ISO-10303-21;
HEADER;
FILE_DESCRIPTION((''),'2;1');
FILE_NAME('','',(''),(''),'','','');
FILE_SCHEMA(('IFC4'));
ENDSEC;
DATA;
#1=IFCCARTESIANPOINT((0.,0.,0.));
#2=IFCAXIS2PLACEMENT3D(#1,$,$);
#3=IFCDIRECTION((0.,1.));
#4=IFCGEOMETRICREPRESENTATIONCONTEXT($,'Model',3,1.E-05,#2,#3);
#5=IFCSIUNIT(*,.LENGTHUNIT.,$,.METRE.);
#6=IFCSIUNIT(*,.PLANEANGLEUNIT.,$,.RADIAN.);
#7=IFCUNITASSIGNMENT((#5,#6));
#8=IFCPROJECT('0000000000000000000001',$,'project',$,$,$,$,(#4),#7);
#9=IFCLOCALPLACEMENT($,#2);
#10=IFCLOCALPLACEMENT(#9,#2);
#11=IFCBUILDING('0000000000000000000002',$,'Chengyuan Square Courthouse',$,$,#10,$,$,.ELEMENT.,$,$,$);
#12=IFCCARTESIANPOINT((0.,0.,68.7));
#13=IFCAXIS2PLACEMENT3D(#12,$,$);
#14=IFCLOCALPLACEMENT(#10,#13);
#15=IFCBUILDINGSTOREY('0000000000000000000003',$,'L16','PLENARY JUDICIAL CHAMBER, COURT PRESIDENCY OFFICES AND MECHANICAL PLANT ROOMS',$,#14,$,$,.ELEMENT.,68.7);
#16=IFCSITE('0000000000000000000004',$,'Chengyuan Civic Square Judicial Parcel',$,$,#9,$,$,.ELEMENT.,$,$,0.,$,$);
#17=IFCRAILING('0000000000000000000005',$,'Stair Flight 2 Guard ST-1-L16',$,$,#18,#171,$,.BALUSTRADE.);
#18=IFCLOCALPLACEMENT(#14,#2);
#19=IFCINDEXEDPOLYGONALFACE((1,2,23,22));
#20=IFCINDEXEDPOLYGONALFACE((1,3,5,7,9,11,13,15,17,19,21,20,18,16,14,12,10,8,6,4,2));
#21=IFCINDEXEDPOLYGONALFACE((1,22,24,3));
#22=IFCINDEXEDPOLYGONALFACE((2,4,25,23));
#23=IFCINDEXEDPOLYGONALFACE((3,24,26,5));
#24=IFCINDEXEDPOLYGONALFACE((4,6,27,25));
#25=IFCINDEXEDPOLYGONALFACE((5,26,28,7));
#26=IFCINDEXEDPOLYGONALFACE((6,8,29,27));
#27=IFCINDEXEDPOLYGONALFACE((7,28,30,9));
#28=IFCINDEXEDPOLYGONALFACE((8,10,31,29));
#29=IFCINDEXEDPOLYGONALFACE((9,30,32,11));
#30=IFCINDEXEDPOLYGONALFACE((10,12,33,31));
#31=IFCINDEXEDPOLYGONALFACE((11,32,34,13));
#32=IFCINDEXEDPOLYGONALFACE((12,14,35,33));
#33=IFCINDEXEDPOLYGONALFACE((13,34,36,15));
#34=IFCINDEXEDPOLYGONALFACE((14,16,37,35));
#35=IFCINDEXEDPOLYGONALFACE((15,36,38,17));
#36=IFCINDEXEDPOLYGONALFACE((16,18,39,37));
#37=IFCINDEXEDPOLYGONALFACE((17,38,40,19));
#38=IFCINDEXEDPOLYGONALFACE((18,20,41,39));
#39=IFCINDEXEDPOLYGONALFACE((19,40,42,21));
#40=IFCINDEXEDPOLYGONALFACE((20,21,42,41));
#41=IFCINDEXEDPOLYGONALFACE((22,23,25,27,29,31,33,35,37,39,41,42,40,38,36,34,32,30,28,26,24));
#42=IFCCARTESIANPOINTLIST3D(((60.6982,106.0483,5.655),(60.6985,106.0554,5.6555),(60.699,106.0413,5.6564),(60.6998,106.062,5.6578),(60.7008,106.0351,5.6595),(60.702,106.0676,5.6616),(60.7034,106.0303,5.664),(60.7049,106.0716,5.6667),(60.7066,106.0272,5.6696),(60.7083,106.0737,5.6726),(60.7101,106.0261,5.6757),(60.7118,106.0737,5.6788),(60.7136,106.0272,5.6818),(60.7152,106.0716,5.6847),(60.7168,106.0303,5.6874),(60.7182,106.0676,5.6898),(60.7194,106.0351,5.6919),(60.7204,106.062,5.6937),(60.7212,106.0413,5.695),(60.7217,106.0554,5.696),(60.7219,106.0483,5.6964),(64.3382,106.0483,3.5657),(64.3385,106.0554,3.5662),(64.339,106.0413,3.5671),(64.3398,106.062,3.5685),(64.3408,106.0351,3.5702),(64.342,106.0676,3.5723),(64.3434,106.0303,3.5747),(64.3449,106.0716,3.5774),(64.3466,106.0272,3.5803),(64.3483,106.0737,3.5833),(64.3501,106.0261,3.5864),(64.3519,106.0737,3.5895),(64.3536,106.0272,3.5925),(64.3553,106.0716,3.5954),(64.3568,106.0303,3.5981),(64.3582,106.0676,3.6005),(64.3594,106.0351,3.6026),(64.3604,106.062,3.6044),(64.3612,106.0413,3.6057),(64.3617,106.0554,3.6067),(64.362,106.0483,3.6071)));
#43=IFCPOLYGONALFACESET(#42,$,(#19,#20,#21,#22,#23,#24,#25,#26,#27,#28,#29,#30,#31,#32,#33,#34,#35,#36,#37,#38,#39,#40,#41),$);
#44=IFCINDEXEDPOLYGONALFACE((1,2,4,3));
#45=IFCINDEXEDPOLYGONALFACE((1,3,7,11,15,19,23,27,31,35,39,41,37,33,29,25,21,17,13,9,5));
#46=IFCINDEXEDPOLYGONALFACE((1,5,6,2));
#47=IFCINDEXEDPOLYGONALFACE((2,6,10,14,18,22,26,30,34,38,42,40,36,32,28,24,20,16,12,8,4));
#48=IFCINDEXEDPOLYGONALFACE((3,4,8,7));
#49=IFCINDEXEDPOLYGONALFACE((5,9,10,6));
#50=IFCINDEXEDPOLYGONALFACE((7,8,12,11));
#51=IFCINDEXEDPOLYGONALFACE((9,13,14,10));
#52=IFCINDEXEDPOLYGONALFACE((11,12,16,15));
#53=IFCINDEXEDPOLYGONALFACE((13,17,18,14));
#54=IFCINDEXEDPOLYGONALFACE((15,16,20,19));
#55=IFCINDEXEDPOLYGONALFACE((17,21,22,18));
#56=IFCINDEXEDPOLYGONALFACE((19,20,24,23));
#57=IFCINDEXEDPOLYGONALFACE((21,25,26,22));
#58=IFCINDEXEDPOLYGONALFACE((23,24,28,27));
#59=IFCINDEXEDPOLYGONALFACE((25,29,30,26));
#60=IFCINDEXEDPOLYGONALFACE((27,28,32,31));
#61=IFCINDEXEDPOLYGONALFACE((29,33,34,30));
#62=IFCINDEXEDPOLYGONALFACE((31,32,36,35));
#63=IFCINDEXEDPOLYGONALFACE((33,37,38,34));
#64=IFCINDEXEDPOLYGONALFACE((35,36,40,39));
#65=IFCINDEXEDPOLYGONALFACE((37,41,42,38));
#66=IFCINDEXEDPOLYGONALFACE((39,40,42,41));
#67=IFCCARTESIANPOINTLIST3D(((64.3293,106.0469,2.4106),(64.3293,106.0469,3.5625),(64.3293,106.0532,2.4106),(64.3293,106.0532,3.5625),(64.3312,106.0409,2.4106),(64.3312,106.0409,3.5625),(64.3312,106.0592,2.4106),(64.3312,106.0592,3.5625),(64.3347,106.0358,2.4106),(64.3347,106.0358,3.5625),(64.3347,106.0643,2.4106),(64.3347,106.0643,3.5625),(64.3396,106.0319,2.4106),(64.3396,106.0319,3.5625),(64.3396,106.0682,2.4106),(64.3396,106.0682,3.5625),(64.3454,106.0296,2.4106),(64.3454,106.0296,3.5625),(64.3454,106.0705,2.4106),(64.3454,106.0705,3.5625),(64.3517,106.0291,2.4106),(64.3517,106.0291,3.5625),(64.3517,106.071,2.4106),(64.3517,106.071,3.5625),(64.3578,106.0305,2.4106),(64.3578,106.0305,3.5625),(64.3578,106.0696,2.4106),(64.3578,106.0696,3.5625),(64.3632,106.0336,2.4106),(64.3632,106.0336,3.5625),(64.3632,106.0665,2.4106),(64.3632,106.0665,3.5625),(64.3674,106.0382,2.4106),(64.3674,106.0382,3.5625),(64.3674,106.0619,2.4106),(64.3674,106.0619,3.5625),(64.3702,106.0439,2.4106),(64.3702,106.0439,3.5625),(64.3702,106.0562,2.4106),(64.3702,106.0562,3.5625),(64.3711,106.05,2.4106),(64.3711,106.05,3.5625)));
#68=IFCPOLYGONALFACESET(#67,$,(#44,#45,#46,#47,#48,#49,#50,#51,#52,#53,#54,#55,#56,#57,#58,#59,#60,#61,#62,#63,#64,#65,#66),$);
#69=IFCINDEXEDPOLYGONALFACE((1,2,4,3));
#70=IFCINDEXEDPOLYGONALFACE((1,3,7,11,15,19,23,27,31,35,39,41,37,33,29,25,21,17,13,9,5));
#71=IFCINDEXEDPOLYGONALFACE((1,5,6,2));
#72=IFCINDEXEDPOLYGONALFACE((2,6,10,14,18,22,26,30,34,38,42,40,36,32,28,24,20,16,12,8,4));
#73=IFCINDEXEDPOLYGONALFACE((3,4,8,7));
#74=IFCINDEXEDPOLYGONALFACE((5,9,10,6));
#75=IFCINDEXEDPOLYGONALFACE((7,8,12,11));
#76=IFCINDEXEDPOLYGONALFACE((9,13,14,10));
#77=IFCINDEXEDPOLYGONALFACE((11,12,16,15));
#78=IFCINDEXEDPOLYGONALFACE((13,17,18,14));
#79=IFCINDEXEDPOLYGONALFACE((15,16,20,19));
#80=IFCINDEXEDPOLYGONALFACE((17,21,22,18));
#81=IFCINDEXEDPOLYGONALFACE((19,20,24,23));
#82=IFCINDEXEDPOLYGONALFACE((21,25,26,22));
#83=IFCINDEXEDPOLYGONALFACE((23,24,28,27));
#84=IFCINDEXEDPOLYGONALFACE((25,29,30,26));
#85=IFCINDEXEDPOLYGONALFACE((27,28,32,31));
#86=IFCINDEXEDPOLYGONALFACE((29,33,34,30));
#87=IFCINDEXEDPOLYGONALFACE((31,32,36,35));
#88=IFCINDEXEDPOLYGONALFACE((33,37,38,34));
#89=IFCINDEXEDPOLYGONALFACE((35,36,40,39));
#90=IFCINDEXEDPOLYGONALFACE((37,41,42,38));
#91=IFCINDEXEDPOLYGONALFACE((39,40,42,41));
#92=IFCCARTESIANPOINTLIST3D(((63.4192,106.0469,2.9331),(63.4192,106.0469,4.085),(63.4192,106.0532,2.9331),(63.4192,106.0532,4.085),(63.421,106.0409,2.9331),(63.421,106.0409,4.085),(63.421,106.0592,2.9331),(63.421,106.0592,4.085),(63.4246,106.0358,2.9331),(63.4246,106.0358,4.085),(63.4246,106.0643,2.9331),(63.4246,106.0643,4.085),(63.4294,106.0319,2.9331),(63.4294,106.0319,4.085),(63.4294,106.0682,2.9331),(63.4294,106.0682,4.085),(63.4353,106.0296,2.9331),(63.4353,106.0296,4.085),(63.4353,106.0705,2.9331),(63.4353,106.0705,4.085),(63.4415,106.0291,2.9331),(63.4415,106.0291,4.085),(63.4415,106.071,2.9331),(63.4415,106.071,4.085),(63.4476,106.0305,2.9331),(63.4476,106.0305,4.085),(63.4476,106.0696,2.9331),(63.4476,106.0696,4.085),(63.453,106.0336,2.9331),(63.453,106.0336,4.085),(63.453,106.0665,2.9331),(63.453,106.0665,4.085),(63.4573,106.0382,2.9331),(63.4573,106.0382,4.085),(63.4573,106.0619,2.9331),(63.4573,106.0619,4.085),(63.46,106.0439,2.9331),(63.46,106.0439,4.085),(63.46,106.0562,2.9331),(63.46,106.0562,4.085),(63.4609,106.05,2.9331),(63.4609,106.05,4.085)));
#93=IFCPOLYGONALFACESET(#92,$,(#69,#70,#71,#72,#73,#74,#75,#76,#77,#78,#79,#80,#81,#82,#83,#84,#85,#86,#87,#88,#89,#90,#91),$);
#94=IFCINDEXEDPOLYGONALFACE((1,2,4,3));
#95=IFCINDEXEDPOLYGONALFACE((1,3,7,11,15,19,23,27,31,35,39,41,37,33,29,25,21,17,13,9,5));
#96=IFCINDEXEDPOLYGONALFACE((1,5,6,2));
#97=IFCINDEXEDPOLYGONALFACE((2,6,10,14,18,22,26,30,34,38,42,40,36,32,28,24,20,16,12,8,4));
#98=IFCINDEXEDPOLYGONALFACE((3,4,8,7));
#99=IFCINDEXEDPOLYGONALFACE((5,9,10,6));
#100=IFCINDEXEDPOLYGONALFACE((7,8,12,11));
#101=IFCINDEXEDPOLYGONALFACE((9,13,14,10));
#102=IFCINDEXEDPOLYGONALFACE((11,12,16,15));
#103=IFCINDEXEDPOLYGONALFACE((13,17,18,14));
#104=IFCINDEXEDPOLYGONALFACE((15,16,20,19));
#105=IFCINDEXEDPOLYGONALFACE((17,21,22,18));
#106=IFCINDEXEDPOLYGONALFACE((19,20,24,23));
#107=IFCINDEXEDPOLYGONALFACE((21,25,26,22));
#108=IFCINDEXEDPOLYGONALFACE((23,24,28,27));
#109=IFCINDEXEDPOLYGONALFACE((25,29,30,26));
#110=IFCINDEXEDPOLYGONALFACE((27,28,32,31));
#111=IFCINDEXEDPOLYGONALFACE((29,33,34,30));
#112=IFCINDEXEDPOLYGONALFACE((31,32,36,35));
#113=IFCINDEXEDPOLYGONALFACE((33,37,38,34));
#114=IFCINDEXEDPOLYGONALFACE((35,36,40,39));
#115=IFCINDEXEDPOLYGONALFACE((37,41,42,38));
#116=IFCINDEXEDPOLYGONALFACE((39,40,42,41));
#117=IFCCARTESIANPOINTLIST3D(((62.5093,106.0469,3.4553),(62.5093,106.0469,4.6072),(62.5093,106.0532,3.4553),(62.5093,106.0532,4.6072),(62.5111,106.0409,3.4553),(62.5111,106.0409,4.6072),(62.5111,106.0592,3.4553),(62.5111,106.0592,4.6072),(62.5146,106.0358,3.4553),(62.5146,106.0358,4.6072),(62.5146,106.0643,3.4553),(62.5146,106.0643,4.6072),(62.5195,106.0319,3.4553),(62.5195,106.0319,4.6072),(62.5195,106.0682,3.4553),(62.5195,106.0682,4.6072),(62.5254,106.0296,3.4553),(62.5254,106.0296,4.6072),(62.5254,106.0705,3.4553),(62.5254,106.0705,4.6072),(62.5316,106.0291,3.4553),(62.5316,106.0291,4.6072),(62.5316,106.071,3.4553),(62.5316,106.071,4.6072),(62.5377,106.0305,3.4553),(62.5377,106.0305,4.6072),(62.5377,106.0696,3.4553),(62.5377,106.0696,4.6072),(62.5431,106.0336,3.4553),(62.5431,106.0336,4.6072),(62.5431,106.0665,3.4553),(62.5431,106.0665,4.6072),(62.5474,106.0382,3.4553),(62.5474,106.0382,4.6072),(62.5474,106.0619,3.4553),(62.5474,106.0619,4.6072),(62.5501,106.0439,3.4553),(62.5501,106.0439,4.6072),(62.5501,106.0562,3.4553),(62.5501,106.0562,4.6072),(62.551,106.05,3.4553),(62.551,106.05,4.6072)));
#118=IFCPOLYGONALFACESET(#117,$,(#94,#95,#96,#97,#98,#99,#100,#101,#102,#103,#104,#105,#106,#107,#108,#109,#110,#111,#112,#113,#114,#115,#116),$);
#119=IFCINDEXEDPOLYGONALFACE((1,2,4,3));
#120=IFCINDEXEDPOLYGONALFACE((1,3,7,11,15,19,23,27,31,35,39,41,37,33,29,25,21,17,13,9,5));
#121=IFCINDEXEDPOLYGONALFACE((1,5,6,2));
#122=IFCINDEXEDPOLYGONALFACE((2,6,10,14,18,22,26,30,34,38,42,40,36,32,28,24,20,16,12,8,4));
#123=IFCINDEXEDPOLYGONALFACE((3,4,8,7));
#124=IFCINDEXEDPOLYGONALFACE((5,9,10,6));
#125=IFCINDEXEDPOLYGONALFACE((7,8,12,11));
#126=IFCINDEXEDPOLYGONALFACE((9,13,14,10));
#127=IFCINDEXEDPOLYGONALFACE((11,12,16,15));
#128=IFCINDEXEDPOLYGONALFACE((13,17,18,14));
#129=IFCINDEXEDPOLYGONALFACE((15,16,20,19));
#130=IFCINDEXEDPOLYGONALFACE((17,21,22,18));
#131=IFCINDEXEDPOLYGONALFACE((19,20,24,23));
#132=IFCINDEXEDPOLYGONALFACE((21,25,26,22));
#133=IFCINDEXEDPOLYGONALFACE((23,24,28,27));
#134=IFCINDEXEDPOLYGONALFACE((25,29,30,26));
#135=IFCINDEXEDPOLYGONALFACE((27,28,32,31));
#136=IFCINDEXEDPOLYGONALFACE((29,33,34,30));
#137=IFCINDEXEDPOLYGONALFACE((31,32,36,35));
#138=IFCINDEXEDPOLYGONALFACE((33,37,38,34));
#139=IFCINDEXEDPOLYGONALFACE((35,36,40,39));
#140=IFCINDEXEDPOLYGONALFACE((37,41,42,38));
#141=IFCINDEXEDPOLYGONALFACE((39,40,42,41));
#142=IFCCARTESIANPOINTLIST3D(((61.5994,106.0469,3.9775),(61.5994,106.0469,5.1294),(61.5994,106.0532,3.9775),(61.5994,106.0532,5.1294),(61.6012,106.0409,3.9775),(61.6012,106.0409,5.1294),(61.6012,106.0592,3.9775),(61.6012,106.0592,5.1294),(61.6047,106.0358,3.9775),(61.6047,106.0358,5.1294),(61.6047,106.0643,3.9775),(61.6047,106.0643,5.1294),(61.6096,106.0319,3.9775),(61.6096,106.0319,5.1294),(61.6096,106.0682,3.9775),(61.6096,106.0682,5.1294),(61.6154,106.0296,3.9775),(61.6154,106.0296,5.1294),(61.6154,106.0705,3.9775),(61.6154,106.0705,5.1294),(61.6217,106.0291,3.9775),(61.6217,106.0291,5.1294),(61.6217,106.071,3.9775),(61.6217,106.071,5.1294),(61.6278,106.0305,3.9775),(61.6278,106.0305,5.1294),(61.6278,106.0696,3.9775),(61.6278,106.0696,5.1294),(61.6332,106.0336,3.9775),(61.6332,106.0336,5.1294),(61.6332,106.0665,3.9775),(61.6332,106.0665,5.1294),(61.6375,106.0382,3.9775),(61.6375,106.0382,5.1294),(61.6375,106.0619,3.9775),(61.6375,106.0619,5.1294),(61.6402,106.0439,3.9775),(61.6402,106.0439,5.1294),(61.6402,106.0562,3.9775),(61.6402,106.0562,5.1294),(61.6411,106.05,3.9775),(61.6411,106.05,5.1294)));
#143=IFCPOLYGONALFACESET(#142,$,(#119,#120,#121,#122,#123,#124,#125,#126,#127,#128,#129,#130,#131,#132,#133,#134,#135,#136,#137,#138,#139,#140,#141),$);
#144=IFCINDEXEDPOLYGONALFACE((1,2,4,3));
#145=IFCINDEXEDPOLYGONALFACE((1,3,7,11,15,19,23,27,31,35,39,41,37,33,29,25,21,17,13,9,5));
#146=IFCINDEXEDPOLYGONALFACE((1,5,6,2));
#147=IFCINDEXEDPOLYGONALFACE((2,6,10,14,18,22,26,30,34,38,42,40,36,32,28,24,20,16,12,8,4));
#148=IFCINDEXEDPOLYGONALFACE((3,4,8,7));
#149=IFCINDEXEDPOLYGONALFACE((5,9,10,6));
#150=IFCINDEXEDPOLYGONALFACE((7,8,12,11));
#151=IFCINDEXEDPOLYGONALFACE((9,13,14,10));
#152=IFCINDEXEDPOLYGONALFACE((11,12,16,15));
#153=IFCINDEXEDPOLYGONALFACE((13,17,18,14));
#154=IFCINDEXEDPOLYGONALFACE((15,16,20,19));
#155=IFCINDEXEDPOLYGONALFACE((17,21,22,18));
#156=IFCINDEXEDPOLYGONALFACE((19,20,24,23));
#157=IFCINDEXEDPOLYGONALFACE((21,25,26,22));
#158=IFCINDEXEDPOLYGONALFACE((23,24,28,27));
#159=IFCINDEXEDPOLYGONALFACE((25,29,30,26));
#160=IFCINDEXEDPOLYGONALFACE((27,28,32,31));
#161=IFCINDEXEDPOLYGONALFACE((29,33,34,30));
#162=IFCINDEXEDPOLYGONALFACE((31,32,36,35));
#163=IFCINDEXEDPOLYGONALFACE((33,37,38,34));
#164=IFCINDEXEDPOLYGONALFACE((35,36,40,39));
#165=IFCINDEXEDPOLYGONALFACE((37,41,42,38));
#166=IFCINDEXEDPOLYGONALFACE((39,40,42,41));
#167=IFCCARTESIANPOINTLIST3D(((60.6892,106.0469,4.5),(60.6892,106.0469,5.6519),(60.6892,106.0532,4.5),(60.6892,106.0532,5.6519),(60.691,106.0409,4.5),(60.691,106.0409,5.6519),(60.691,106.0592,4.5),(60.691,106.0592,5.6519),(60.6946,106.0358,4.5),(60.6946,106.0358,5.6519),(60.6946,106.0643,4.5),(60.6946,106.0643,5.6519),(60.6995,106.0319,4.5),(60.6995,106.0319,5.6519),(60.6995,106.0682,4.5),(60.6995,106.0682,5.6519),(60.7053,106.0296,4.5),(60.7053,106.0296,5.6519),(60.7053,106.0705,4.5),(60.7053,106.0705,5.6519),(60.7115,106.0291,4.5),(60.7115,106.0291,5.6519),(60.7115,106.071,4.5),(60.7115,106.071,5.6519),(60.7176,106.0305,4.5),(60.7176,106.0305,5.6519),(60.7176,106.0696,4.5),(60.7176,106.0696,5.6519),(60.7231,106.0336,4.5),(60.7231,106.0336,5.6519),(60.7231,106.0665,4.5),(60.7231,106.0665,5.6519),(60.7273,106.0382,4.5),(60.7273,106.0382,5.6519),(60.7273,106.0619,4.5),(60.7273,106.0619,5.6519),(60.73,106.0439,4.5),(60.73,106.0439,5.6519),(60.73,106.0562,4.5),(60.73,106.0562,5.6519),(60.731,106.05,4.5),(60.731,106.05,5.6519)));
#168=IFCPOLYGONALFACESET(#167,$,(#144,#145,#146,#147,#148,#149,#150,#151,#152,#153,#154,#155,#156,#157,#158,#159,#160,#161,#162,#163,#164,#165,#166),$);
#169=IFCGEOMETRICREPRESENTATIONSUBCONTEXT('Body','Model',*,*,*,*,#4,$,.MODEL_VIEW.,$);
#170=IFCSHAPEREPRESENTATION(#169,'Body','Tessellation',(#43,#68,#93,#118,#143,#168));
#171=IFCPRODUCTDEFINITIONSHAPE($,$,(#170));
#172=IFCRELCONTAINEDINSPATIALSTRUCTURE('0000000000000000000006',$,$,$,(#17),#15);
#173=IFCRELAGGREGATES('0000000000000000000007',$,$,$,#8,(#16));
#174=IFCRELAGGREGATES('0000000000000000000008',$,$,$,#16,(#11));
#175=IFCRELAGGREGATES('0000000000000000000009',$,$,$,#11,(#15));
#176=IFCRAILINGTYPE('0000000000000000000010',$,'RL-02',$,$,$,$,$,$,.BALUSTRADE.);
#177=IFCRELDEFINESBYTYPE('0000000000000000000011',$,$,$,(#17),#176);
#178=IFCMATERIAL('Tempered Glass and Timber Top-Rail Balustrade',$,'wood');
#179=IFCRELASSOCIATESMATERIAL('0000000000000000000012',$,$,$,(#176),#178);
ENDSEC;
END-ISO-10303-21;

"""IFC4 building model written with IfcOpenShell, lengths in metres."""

from ifc_helpers import new_model, si_unit, direction, frame, origin, origin_2d, place, context, subcontext, project, spatial, circle, extrude, material, type_object, element, save


model = new_model("IFC4")

# Units and contexts
model_context = context("Model", 3, precision=1e-05, world=origin(), true_north=direction((0.0, 1.0)))
body_context = subcontext(model_context, "Body", "Model", "MODEL_VIEW")
ifc_project = project(units=[si_unit("LENGTHUNIT", "METRE"), si_unit("PLANEANGLEUNIT", "RADIAN")], contexts=[model_context])

# Site, building, storey
site_placement = place(None, origin())
site = spatial("IfcSite", under=ifc_project, at=site_placement, Name="Chengyuan Civic Square Judicial Parcel", CompositionType="ELEMENT", RefElevation=0.0)
building_placement = place(site_placement, origin())
building = spatial("IfcBuilding", under=site, at=building_placement, Name="Chengyuan Square Courthouse", CompositionType="ELEMENT")
storey_placement = place(building_placement, frame((0.0, 0.0, 68.7)))
storey = spatial("IfcBuildingStorey", under=building, at=storey_placement, Name="L16", Description="PLENARY JUDICIAL CHAMBER, COURT PRESIDENCY OFFICES AND MECHANICAL PLANT ROOMS", CompositionType="ELEMENT", Elevation=68.7)

# Railing
ifc_material_1 = material(Name="Tempered Glass and Timber Top-Rail Balustrade", Category="wood")
railing_type_1 = type_object("IfcRailingType", Name="RL-02", PredefinedType="BALUSTRADE", material=ifc_material_1)
railing_1_placement = place(storey_placement, frame((64.3501, 106.05, 2.4106)))
element("IfcRailing", 1, at=railing_1_placement, inside=storey, type_object=railing_type_1, Name="Stair Flight 2 Guard ST-1-L16", PredefinedType="BALUSTRADE", context=body_context, shape_type="SweptSolid", body=[
    extrude(circle(Radius=0.0239, at=origin_2d()), frame((0.0, 0.0, 1.1758), z_axis=(-0.867289, 0.0, 0.497804), x_axis=(0.0, -1.0, 0.0)), (0.0, 0.0, 1.0), 4.197),
    extrude(circle(Radius=0.021, at=origin_2d()), origin(), (0.0, 0.0, 1.0), 1.1519),
    extrude(circle(Radius=0.021, at=origin_2d()), frame((-0.9102, 0.0, 0.5225)), (0.0, 0.0, 1.0), 1.1519),
    extrude(circle(Radius=0.021, at=origin_2d()), frame((-1.8201, 0.0, 1.0447)), (0.0, 0.0, 1.0), 1.1519),
    extrude(circle(Radius=0.021, at=origin_2d()), frame((-2.73, 0.0, 1.5669)), (0.0, 0.0, 1.0), 1.1519),
    extrude(circle(Radius=0.021, at=origin_2d()), frame((-3.6401, 0.0, 2.0894)), (0.0, 0.0, 1.0), 1.1519),
])

save(model, "model.ifc")
